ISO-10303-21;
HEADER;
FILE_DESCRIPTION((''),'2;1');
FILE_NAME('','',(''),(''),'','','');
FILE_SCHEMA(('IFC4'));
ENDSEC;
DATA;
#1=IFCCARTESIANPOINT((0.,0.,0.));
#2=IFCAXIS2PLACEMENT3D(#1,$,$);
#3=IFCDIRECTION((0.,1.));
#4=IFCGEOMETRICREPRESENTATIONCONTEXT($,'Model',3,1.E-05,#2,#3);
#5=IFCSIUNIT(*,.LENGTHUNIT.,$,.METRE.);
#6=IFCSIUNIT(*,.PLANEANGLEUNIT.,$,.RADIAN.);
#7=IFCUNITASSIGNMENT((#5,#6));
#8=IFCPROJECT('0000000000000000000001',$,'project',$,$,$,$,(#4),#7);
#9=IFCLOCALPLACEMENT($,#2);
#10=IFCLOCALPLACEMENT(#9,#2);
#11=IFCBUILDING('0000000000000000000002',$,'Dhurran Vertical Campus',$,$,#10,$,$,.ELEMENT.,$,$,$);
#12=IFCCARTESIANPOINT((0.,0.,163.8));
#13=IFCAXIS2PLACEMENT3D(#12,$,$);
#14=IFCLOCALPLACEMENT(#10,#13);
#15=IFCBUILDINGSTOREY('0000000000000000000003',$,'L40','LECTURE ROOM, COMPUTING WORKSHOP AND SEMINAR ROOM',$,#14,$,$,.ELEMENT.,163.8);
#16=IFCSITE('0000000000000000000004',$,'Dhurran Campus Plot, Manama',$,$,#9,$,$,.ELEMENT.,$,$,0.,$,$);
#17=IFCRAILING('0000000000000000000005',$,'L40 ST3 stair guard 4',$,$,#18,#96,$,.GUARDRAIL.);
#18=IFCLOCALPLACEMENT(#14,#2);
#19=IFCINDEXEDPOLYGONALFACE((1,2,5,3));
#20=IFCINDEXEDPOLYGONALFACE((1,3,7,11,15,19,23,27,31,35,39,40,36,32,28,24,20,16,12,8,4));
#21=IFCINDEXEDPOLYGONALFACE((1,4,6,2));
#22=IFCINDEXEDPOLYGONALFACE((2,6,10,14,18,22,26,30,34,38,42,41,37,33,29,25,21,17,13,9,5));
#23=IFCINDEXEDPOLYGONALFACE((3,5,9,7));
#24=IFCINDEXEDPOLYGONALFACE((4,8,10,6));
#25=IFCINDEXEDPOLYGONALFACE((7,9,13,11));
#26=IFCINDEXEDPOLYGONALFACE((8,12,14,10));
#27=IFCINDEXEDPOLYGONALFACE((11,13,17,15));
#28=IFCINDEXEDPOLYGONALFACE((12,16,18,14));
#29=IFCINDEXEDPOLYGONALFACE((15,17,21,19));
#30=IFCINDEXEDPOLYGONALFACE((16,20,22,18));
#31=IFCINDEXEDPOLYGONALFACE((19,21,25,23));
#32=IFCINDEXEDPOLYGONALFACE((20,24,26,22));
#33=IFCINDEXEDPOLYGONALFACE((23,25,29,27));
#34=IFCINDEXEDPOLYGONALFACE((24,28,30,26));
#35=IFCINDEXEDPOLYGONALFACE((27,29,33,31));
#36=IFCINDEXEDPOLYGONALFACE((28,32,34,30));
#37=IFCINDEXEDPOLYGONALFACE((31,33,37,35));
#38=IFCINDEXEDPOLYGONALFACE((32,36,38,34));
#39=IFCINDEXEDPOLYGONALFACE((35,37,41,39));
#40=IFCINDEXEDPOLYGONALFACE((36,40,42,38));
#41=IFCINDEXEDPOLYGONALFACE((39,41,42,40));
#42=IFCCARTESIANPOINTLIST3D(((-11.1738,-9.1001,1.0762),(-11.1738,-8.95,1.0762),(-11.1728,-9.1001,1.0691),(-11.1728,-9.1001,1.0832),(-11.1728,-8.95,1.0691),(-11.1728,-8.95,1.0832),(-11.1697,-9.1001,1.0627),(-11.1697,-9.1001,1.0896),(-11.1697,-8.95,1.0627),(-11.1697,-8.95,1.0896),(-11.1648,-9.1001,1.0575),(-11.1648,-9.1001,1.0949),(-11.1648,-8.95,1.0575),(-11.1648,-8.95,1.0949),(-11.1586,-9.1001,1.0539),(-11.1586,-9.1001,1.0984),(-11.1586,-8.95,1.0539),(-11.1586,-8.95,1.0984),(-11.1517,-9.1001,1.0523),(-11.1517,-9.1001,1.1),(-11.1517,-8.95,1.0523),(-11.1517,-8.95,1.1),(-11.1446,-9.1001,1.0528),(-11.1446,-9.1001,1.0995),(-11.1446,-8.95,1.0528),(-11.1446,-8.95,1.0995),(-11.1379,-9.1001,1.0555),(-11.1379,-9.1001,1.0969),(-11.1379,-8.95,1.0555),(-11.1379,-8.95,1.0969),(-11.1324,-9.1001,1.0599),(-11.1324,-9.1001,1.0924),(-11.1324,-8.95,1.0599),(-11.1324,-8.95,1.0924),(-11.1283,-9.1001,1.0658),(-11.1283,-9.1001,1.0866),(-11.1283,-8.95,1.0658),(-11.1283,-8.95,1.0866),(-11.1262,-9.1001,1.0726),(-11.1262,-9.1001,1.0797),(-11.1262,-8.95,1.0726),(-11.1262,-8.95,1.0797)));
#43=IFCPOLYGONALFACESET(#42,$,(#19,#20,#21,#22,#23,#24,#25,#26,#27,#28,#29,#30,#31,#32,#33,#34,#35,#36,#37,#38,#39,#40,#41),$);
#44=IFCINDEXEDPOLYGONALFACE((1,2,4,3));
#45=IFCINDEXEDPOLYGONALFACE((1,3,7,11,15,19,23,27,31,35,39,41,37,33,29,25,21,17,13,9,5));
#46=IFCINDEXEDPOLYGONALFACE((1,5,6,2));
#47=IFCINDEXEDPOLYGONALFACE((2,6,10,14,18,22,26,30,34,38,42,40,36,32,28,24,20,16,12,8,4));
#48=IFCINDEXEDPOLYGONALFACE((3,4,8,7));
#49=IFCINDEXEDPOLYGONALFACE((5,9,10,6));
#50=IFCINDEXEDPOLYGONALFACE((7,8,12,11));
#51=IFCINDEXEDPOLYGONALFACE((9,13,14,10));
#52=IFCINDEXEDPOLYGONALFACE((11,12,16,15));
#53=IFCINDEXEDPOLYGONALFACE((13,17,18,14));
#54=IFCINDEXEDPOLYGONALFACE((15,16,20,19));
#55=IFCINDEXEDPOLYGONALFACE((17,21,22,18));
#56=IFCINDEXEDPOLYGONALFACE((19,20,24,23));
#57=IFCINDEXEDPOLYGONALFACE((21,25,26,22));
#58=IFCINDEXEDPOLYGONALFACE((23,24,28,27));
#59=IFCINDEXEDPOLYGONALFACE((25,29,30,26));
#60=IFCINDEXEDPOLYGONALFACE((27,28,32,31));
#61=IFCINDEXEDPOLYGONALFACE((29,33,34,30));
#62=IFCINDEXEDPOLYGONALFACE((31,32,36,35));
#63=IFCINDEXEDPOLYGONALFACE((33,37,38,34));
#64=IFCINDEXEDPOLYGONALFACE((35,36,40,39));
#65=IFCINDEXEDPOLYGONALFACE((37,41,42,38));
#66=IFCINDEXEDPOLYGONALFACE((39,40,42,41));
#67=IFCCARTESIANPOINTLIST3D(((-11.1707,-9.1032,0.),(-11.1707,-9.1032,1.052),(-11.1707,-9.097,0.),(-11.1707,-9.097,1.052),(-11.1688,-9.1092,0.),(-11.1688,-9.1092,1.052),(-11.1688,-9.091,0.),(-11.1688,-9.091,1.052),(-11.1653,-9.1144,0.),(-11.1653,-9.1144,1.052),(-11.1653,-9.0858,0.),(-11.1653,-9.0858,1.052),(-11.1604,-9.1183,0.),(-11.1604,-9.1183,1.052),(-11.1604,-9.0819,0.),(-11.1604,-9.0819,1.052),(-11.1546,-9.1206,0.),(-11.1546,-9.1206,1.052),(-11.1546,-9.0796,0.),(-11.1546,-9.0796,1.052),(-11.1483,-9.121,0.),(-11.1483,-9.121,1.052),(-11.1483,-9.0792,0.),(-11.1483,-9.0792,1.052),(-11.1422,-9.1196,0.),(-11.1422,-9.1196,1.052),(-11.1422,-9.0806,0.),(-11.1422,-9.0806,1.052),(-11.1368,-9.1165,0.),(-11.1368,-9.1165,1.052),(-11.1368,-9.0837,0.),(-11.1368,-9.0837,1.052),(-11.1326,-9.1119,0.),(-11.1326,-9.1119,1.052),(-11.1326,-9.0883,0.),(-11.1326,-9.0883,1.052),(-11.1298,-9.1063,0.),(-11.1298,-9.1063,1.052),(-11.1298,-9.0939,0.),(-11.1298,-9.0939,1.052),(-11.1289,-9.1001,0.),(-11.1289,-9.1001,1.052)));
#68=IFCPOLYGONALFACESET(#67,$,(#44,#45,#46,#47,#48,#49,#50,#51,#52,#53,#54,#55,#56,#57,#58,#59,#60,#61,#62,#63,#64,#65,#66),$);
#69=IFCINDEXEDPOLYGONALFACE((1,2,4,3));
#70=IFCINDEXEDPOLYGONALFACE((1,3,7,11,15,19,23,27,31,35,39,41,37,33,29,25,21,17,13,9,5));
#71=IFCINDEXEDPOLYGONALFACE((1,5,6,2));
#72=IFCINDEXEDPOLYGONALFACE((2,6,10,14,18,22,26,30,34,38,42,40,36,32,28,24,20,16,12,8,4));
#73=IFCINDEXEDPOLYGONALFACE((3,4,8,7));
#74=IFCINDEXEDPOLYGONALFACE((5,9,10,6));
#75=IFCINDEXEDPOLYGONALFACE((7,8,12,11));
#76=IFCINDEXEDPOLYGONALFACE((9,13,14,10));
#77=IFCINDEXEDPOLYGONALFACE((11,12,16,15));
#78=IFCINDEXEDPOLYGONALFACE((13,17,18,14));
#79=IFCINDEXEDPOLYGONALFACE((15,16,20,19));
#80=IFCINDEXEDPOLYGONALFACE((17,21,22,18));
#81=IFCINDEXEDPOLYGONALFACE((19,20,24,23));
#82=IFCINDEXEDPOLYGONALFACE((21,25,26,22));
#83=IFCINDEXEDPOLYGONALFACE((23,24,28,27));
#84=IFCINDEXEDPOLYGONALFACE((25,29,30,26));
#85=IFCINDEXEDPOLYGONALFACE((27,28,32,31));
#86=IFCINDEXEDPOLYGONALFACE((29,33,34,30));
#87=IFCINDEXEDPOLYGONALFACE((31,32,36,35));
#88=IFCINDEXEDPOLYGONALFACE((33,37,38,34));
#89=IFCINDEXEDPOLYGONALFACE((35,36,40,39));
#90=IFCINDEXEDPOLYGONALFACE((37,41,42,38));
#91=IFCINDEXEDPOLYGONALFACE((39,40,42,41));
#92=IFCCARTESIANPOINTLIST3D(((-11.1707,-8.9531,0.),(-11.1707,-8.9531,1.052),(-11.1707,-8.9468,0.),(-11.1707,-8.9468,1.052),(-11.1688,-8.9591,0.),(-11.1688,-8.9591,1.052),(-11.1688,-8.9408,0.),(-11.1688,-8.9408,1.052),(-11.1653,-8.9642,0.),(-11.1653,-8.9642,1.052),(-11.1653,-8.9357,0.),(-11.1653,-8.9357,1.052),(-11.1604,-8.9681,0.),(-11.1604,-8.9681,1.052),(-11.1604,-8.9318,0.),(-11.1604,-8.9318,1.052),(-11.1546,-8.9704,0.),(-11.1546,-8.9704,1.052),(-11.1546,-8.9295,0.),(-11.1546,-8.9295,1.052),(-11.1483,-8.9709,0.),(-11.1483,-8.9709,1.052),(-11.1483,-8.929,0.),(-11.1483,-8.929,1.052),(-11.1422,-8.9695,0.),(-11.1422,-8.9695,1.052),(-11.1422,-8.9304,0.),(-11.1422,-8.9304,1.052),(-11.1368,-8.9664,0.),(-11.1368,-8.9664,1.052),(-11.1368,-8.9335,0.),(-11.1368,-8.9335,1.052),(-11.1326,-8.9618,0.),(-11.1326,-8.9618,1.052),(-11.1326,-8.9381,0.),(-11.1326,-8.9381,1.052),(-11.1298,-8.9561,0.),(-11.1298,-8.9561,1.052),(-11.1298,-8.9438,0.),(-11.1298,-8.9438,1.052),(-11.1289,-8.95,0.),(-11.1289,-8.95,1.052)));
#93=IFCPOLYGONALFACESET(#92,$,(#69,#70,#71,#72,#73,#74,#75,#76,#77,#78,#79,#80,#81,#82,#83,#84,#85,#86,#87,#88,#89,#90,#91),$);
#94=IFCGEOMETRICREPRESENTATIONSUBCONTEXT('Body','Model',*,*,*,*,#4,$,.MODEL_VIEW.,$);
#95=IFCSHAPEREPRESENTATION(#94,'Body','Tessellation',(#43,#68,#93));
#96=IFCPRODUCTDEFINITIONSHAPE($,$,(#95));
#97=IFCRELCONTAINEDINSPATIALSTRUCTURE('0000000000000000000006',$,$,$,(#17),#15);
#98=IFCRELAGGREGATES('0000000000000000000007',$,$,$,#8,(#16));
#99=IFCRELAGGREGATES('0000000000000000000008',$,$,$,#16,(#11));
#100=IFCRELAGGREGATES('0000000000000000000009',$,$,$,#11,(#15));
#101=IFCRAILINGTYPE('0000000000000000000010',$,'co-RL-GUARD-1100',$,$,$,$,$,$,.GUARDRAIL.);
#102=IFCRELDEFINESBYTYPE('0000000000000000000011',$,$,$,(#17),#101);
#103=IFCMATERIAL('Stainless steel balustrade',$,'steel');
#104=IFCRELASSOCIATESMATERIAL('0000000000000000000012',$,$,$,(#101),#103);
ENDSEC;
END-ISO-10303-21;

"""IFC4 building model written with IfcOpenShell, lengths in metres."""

from ifc_helpers import new_model, si_unit, direction, frame, origin, origin_2d, place, context, subcontext, project, spatial, circle, extrude, material, type_object, element, save


model = new_model("IFC4")

# Units and contexts
model_context = context("Model", 3, precision=1e-05, world=origin(), true_north=direction((0.0, 1.0)))
body_context = subcontext(model_context, "Body", "Model", "MODEL_VIEW")
ifc_project = project(units=[si_unit("LENGTHUNIT", "METRE"), si_unit("PLANEANGLEUNIT", "RADIAN")], contexts=[model_context])

# Site, building, storey
site_placement = place(None, origin())
site = spatial("IfcSite", under=ifc_project, at=site_placement, Name="Dhurran Campus Plot, Manama", CompositionType="ELEMENT", RefElevation=0.0)
building_placement = place(site_placement, origin())
building = spatial("IfcBuilding", under=site, at=building_placement, Name="Dhurran Vertical Campus", CompositionType="ELEMENT")
storey_placement = place(building_placement, frame((0.0, 0.0, 163.8)))
storey = spatial("IfcBuildingStorey", under=building, at=storey_placement, Name="L40", Description="LECTURE ROOM, COMPUTING WORKSHOP AND SEMINAR ROOM", CompositionType="ELEMENT", Elevation=163.8)

# Railing
ifc_material_1 = material(Name="Stainless steel balustrade", Category="steel")
railing_type_1 = type_object("IfcRailingType", Name="co-RL-GUARD-1100", PredefinedType="GUARDRAIL", material=ifc_material_1)
railing_1_placement = place(storey_placement, frame((-11.1499, -9.1001, 0.0)))
element("IfcRailing", 1, at=railing_1_placement, inside=storey, type_object=railing_type_1, Name="L40 ST3 stair guard 4", PredefinedType="GUARDRAIL", context=body_context, shape_type="SweptSolid", body=[
    extrude(circle(Radius=0.0239, at=origin_2d()), frame((0.0, 0.0, 1.0762), z_axis=(0.0, 1.0, 0.0), x_axis=(-1.0, 0.0, 0.0)), (0.0, 0.0, 1.0), 0.1501),
    extrude(circle(Radius=0.021, at=origin_2d()), origin(), (0.0, 0.0, 1.0), 1.052),
    extrude(circle(Radius=0.021, at=origin_2d()), frame((0.0, 0.1501, 0.0)), (0.0, 0.0, 1.0), 1.052),
])

save(model, "model.ifc")
